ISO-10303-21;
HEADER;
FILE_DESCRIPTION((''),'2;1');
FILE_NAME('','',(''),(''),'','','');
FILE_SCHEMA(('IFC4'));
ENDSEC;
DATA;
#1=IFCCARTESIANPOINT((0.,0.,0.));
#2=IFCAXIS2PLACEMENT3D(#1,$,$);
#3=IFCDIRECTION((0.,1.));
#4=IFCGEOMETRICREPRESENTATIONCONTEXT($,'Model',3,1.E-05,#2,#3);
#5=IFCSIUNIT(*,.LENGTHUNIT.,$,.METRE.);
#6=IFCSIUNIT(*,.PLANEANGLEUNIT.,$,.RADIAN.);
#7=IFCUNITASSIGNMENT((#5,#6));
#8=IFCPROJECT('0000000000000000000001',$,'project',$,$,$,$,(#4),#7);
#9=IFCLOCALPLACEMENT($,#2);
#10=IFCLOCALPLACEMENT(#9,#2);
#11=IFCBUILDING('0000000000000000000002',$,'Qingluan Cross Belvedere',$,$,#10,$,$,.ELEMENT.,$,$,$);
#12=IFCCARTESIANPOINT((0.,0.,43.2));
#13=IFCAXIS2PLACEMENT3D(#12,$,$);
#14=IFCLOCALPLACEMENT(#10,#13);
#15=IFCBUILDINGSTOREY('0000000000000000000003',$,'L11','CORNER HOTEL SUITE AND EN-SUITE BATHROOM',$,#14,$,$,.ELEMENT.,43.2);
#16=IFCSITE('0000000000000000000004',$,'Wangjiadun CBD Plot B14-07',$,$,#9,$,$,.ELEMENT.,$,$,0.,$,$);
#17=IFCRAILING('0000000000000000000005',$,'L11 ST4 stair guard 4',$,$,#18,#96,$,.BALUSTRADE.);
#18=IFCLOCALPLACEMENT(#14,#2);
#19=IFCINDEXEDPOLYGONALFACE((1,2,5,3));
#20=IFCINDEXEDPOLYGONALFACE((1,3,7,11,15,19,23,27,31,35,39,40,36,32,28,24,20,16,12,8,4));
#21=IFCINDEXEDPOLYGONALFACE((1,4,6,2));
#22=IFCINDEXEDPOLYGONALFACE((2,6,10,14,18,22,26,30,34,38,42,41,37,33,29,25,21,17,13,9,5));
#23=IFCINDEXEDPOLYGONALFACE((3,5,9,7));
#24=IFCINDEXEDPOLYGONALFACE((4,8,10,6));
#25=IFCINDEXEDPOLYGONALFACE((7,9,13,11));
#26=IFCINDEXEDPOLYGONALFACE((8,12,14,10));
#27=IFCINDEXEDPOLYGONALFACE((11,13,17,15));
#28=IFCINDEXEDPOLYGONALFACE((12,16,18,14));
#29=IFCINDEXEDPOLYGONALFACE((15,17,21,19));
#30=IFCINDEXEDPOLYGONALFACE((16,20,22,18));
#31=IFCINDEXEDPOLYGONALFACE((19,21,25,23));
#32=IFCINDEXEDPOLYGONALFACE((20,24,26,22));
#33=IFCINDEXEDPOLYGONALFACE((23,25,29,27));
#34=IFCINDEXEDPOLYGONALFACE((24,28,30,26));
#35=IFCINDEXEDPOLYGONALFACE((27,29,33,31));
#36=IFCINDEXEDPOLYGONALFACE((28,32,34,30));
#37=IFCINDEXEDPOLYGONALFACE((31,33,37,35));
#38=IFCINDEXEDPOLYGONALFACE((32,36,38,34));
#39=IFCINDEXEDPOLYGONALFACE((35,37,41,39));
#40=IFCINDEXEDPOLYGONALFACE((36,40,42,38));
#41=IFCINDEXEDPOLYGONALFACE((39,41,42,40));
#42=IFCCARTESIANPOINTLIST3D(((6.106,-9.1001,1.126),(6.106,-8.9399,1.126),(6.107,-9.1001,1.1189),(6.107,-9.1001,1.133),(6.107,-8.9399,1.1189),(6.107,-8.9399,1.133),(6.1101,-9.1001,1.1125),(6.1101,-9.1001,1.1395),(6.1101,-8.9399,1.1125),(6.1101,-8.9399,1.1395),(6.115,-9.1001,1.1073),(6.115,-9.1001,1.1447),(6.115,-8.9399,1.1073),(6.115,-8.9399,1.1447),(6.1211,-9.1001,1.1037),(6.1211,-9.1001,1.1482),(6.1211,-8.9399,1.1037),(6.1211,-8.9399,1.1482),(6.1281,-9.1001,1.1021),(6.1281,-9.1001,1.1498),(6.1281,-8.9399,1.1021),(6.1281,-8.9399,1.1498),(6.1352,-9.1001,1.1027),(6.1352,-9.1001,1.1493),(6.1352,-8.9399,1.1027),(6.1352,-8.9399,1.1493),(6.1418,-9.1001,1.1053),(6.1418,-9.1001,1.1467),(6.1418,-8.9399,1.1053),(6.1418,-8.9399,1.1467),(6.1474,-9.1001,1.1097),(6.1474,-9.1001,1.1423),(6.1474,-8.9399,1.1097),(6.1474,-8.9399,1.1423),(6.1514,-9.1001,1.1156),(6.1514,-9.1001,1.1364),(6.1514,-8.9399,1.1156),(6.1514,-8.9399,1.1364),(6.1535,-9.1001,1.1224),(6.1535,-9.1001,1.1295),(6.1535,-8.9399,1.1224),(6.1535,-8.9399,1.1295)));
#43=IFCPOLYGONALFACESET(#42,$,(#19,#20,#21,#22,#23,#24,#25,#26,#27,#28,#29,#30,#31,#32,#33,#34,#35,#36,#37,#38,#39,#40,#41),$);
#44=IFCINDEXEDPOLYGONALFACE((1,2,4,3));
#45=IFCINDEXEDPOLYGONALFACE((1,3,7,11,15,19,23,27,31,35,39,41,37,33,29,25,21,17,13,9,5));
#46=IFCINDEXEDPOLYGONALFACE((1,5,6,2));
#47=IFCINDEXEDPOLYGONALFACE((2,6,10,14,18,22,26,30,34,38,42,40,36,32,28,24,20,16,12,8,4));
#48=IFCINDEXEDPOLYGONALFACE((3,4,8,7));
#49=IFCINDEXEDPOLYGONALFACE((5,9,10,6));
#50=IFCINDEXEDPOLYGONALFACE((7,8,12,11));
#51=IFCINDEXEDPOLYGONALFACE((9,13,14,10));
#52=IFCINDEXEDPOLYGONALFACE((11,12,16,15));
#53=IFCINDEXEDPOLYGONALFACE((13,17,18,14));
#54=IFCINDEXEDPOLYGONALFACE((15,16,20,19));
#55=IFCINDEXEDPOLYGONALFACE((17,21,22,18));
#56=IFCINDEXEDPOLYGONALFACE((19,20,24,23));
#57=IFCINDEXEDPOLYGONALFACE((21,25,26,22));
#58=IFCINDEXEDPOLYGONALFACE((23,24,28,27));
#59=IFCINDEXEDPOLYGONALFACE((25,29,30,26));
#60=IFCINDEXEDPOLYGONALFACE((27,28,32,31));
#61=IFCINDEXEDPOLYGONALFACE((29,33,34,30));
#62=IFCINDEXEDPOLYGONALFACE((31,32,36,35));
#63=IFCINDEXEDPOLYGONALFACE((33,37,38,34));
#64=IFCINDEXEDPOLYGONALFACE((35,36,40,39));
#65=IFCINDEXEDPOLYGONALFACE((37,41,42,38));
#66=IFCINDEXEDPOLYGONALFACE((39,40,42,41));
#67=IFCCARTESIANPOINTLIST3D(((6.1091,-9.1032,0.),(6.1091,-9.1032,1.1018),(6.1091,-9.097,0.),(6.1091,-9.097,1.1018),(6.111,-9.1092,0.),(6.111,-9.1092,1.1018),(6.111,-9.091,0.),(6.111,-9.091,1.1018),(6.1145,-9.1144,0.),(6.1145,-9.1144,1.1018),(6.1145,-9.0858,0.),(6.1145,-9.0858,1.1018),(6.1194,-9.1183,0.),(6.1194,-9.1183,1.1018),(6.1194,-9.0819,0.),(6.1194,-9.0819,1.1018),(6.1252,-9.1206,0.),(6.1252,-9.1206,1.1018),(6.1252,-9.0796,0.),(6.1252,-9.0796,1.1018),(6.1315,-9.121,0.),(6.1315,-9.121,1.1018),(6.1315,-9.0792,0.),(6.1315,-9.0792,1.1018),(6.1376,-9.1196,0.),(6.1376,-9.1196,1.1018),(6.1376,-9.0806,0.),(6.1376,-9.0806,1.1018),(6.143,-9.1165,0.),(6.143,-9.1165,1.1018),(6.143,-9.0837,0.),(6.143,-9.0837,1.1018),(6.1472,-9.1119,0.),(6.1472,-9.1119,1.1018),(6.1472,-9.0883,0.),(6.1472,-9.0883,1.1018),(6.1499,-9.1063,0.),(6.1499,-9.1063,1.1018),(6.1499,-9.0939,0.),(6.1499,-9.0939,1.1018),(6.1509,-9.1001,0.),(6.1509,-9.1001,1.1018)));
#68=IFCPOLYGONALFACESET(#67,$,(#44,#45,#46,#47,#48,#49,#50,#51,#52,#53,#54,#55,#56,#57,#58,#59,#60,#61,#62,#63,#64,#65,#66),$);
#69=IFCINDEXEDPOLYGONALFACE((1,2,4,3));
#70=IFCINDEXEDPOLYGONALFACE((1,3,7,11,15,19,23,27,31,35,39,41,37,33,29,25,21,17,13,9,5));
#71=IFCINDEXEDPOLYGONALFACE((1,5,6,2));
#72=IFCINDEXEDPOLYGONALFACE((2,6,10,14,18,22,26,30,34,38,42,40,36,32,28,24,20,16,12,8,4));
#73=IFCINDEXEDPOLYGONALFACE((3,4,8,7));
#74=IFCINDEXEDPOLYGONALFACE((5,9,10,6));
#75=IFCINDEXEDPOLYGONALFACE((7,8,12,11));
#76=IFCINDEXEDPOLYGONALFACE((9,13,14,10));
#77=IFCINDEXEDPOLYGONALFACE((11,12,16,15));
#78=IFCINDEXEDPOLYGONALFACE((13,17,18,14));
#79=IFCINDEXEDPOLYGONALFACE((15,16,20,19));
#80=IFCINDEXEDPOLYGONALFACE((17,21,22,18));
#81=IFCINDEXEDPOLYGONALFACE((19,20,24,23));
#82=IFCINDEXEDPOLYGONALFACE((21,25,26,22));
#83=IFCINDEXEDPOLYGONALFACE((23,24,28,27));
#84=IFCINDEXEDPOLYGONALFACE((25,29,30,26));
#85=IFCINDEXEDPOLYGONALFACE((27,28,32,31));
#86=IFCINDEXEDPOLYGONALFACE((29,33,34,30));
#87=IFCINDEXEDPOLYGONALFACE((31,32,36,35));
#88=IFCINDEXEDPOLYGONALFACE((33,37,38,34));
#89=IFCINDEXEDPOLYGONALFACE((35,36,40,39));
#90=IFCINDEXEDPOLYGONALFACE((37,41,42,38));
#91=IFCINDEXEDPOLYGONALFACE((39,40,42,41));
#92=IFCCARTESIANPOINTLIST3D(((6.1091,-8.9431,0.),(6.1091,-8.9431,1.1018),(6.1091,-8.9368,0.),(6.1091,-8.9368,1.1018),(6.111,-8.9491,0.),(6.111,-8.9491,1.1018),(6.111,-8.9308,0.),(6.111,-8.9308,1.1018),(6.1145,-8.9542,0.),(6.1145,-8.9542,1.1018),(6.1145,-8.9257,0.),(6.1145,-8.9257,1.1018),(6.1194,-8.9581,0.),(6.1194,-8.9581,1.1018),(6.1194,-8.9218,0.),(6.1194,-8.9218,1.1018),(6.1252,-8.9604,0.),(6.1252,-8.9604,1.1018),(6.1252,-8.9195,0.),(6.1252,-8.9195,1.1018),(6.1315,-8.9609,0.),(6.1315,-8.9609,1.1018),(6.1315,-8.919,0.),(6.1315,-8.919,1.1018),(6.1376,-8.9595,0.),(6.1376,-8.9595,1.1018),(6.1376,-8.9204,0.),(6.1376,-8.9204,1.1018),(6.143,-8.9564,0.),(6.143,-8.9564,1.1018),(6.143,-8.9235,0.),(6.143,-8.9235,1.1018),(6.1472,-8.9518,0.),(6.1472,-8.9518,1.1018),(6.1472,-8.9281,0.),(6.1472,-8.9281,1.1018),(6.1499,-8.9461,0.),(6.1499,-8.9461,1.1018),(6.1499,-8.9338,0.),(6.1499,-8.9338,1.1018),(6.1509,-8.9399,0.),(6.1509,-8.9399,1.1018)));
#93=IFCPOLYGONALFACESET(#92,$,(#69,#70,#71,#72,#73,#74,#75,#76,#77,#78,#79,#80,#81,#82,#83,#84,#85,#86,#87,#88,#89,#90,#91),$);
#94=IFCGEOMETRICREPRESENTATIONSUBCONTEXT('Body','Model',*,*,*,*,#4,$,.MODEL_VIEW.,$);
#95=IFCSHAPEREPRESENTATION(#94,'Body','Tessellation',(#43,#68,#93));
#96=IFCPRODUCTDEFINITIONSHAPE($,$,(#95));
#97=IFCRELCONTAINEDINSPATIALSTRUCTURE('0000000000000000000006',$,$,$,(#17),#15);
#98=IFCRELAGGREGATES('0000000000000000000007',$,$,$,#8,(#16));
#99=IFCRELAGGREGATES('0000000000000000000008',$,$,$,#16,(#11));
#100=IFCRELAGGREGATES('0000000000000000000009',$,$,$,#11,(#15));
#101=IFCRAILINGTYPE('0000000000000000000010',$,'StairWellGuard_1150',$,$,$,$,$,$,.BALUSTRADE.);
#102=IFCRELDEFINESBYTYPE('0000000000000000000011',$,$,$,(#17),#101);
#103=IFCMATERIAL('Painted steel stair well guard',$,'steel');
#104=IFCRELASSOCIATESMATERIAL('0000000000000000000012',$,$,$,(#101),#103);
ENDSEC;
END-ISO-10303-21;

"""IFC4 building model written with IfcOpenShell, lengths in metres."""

from ifc_helpers import new_model, si_unit, direction, frame, origin, origin_2d, place, context, subcontext, project, spatial, circle, extrude, material, type_object, element, save


model = new_model("IFC4")

# Units and contexts
model_context = context("Model", 3, precision=1e-05, world=origin(), true_north=direction((0.0, 1.0)))
body_context = subcontext(model_context, "Body", "Model", "MODEL_VIEW")
ifc_project = project(units=[si_unit("LENGTHUNIT", "METRE"), si_unit("PLANEANGLEUNIT", "RADIAN")], contexts=[model_context])

# Site, building, storey
site_placement = place(None, origin())
site = spatial("IfcSite", under=ifc_project, at=site_placement, Name="Wangjiadun CBD Plot B14-07", CompositionType="ELEMENT", RefElevation=0.0)
building_placement = place(site_placement, origin())
building = spatial("IfcBuilding", under=site, at=building_placement, Name="Qingluan Cross Belvedere", CompositionType="ELEMENT")
storey_placement = place(building_placement, frame((0.0, 0.0, 43.2)))
storey = spatial("IfcBuildingStorey", under=building, at=storey_placement, Name="L11", Description="CORNER HOTEL SUITE AND EN-SUITE BATHROOM", CompositionType="ELEMENT", Elevation=43.2)

# Railing
ifc_material_1 = material(Name="Painted steel stair well guard", Category="steel")
railing_type_1 = type_object("IfcRailingType", Name="StairWellGuard_1150", PredefinedType="BALUSTRADE", material=ifc_material_1)
railing_1_placement = place(storey_placement, frame((6.1299, -9.1001, 0.0)))
element("IfcRailing", 1, at=railing_1_placement, inside=storey, type_object=railing_type_1, Name="L11 ST4 stair guard 4", PredefinedType="BALUSTRADE", context=body_context, shape_type="SweptSolid", body=[
    extrude(circle(Radius=0.0239, at=origin_2d()), frame((0.0, 0.0, 1.126), z_axis=(0.0, 1.0, 0.0), x_axis=(-1.0, 0.0, 0.0)), (0.0, 0.0, 1.0), 0.1602),
    extrude(circle(Radius=0.021, at=origin_2d()), origin(), (0.0, 0.0, 1.0), 1.1018),
    extrude(circle(Radius=0.021, at=origin_2d()), frame((0.0, 0.1602, 0.0)), (0.0, 0.0, 1.0), 1.1018),
])

save(model, "model.ifc")
